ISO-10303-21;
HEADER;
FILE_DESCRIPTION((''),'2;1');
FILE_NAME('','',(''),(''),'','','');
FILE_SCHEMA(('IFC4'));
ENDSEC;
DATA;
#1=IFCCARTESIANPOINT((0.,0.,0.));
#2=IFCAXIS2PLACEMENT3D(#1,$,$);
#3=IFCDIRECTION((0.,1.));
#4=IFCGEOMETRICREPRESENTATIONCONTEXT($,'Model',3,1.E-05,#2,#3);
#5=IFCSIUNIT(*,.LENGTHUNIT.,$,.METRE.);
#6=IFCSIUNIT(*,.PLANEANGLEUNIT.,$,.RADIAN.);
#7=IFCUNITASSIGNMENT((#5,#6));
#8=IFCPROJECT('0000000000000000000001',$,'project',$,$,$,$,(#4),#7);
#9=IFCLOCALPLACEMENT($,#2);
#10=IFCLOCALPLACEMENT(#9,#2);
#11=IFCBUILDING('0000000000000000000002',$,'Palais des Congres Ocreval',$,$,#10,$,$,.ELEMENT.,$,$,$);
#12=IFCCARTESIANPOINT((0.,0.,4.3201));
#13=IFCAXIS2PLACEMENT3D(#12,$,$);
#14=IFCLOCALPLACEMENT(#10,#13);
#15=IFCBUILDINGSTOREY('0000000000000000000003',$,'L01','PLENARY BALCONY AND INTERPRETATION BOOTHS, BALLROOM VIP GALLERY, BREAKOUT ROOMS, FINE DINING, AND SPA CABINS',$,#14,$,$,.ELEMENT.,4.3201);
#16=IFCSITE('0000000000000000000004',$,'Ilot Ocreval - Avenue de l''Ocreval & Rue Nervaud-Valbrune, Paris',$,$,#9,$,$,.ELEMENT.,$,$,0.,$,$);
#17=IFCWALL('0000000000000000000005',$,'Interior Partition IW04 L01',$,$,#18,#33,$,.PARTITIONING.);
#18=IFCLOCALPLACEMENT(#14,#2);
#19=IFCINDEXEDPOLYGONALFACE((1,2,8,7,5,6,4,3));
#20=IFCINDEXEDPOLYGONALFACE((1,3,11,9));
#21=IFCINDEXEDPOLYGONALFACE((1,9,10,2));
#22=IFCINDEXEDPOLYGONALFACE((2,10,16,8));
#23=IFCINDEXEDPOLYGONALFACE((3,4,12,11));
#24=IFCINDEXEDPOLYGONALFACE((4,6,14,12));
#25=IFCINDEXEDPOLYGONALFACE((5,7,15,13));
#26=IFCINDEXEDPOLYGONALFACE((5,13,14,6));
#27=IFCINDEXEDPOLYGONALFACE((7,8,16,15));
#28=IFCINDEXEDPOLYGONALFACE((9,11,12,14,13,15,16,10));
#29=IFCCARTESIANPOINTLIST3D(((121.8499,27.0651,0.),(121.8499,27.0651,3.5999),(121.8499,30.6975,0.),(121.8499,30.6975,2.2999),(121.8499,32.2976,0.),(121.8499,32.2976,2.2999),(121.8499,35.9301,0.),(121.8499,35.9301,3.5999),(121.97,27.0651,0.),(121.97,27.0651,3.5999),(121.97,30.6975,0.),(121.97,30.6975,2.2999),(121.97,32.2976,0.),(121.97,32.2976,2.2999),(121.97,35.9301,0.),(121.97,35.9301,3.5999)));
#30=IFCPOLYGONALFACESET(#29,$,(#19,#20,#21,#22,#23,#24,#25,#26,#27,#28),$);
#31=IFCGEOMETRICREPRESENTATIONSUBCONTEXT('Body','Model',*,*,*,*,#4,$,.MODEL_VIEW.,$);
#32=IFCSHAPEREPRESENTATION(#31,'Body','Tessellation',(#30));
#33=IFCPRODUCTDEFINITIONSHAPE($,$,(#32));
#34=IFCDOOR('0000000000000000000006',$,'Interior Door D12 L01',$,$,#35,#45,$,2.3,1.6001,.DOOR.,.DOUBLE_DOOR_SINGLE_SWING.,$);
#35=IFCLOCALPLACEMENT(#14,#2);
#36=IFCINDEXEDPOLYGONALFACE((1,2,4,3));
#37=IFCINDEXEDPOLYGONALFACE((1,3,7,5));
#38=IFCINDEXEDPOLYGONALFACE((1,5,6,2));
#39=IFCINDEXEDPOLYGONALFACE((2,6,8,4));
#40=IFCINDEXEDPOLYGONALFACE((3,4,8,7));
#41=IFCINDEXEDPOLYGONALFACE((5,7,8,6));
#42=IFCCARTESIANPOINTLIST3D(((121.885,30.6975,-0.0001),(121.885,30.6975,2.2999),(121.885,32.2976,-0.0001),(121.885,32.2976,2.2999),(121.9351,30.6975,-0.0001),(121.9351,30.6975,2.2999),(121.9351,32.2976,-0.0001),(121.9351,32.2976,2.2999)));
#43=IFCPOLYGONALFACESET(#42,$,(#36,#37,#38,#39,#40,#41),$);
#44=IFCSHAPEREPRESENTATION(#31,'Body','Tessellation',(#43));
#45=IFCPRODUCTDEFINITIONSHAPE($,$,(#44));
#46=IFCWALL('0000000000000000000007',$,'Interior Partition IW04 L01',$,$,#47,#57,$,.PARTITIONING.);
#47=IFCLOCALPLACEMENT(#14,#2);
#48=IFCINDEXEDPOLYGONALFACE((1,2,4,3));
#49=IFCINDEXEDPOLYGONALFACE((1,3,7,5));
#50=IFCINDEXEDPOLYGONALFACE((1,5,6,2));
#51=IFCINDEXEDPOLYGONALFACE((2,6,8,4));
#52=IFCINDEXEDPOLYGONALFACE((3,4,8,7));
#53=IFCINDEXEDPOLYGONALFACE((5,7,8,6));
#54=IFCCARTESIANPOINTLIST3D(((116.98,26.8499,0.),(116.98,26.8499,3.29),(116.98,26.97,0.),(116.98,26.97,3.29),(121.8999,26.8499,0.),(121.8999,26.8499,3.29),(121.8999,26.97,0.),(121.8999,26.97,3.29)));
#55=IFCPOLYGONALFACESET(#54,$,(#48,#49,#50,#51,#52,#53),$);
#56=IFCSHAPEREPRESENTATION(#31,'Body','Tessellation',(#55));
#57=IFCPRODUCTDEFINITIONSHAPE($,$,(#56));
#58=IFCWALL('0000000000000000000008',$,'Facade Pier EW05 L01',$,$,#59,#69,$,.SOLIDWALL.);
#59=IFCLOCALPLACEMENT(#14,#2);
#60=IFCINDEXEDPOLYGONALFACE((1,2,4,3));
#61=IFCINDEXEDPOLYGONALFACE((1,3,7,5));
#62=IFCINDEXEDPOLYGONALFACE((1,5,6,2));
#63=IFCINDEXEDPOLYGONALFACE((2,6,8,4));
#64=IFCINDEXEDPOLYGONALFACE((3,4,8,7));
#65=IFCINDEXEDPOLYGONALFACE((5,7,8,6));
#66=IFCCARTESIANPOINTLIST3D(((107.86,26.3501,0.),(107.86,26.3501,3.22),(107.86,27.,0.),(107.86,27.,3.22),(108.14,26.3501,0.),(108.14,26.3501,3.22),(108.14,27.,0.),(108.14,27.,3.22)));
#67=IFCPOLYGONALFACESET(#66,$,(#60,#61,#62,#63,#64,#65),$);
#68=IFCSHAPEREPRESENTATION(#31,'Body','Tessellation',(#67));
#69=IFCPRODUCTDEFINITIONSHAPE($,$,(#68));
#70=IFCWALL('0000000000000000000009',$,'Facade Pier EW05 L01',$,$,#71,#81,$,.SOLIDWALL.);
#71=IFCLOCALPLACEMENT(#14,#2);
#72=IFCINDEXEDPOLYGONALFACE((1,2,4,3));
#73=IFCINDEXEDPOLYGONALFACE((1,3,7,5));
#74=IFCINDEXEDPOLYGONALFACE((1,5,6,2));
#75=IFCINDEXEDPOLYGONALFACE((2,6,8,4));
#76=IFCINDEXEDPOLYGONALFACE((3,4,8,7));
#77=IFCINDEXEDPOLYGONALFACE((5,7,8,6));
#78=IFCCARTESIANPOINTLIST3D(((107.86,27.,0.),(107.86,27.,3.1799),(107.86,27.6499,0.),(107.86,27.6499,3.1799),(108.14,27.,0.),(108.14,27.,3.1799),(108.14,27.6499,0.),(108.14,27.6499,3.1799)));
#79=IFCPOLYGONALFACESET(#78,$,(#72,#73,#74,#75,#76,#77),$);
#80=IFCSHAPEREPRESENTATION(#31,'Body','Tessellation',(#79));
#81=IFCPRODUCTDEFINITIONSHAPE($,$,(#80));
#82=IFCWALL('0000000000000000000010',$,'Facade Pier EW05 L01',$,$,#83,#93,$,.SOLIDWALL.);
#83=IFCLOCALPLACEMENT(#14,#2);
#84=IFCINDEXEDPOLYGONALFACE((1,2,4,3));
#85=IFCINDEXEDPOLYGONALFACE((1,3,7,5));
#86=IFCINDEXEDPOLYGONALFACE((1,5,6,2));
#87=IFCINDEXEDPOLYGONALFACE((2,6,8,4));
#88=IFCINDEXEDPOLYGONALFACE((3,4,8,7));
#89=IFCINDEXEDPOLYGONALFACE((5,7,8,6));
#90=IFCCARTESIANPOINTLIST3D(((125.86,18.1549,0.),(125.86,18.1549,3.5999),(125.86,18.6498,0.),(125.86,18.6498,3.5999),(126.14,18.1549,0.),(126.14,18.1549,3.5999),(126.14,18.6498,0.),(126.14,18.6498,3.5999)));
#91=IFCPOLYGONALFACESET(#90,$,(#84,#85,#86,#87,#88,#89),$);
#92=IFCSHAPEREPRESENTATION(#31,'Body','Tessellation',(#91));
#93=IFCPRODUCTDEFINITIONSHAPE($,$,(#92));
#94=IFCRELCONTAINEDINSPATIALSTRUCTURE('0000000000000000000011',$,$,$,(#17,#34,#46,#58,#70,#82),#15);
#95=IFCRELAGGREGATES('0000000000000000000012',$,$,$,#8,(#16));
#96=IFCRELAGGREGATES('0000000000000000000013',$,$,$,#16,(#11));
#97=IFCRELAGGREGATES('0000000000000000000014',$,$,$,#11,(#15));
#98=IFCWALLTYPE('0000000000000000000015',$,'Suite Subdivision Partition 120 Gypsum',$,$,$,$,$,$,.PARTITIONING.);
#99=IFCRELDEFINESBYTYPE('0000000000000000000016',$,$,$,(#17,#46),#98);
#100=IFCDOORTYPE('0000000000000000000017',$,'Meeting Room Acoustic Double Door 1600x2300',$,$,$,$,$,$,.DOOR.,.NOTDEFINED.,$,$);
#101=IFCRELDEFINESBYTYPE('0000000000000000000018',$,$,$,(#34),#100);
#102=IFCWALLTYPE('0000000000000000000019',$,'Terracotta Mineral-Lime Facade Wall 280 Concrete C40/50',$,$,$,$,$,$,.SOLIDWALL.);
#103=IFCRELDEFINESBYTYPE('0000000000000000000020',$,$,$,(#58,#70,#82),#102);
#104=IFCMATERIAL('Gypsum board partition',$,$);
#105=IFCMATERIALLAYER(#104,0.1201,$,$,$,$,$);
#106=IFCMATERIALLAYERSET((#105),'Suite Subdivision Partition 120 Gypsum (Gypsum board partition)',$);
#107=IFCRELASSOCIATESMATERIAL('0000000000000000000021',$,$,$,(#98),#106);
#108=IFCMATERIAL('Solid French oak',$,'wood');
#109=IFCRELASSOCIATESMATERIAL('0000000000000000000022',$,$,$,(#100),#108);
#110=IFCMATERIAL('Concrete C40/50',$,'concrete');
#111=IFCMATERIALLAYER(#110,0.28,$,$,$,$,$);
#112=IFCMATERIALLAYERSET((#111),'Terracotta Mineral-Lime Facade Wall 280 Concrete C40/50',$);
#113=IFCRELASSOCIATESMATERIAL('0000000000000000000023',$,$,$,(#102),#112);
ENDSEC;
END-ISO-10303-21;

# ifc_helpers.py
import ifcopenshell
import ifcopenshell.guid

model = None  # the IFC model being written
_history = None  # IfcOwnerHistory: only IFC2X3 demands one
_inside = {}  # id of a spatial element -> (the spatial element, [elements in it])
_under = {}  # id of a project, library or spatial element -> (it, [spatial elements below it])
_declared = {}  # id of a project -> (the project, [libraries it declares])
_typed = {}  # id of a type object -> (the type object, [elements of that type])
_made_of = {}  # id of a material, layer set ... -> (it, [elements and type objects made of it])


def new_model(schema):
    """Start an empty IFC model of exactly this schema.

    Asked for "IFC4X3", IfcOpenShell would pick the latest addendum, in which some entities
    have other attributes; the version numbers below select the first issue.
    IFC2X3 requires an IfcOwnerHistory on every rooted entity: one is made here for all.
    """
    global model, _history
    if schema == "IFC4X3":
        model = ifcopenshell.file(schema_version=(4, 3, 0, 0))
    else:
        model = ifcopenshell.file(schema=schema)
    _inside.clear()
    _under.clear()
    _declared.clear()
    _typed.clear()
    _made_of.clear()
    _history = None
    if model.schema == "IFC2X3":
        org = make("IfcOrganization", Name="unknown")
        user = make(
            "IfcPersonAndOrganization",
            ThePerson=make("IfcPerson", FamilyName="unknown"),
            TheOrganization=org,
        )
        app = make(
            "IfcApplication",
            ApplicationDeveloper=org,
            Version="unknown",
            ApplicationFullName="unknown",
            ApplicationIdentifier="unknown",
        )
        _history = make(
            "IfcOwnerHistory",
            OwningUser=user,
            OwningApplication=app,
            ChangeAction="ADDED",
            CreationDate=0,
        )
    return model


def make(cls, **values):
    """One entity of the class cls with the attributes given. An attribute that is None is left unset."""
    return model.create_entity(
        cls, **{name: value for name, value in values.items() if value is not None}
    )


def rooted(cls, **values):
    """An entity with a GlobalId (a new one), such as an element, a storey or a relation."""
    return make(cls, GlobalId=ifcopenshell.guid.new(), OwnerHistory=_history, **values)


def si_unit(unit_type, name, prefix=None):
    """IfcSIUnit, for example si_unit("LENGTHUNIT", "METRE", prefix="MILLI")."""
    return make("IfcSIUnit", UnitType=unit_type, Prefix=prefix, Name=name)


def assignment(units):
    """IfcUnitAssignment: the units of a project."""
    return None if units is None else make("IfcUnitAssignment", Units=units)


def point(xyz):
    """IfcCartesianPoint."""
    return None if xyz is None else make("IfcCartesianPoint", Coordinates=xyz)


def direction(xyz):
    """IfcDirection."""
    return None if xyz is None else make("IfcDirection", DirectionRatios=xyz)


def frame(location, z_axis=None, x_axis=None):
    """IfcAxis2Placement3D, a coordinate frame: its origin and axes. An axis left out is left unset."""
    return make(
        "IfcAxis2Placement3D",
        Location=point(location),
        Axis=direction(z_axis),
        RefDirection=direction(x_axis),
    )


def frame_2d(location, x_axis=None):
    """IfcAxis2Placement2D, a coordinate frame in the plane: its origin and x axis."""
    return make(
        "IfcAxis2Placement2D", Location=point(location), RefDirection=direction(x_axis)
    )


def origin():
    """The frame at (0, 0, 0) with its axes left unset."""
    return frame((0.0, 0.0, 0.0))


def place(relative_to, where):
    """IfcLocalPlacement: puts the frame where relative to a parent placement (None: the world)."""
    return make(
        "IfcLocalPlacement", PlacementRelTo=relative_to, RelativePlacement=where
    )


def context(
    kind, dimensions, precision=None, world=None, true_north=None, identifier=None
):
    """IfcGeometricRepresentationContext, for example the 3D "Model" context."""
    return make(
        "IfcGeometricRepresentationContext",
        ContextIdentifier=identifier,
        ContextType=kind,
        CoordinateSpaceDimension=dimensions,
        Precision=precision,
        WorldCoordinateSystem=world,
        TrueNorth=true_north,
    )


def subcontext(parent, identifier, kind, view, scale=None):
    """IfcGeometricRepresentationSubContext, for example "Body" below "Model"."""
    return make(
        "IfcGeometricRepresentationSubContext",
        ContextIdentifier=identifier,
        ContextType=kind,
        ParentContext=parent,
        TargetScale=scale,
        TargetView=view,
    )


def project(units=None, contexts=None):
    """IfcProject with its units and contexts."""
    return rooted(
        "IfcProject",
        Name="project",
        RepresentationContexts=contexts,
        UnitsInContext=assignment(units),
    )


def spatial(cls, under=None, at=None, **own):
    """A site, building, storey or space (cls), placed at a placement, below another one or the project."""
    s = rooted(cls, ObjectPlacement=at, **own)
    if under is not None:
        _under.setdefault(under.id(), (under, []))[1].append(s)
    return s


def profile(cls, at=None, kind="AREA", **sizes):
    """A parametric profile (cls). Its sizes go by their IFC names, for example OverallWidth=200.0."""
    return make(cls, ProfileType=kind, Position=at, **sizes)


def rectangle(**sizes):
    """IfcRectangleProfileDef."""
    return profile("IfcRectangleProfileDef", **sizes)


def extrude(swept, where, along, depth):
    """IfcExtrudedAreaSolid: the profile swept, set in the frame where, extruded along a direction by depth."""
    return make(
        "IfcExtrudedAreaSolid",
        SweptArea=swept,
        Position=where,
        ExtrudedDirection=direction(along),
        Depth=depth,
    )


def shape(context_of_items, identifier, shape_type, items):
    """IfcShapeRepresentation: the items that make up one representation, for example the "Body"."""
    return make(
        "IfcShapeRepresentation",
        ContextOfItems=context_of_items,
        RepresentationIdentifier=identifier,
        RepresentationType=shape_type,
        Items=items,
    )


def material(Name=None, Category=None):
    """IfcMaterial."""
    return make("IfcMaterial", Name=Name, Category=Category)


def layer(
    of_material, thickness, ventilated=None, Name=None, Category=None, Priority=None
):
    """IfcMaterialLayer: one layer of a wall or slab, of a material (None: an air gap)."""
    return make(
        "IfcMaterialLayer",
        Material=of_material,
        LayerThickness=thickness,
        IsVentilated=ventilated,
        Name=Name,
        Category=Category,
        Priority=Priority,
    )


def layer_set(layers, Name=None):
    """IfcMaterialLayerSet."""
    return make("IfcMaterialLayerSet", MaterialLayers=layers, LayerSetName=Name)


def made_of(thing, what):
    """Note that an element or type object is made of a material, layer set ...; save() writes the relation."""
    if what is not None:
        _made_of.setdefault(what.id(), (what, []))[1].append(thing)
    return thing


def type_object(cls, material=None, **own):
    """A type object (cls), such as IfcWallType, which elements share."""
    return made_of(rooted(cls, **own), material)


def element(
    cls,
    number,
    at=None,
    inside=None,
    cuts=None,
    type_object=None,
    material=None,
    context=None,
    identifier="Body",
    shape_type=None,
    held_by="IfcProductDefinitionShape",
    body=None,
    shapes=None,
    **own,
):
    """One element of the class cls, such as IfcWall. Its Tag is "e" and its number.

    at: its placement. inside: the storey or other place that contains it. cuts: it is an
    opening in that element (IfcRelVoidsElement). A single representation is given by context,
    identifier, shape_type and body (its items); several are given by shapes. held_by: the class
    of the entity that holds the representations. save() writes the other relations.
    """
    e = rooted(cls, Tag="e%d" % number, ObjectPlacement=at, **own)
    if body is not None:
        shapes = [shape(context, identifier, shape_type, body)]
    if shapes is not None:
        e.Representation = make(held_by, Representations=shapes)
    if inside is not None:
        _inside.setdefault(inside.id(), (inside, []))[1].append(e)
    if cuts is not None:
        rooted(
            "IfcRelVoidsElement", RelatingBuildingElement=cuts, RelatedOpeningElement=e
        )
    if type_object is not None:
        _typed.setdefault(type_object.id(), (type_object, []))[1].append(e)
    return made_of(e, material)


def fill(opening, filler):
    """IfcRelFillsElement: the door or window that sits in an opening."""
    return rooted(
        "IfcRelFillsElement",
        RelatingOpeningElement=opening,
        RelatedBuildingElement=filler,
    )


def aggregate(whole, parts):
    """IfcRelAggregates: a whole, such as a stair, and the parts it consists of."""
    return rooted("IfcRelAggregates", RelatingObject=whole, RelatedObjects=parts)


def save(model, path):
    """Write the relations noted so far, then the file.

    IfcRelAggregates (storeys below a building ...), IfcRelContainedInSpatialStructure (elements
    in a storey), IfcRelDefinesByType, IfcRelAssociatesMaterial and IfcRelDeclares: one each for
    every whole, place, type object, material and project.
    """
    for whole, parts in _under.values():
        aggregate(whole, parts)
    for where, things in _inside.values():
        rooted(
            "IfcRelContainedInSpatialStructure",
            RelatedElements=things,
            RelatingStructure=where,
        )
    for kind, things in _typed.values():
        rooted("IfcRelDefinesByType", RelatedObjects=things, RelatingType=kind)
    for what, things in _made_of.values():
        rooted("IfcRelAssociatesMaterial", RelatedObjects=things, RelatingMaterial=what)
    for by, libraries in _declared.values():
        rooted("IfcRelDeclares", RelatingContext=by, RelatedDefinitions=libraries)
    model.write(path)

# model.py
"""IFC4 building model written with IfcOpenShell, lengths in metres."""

from ifc_helpers import new_model, si_unit, direction, frame, frame_2d, origin, place, context, subcontext, project, spatial, rectangle, extrude, material, layer, layer_set, type_object, element, fill, save


model = new_model("IFC4")

# Units and contexts
model_context = context("Model", 3, precision=1e-05, world=origin(), true_north=direction((0.0, 1.0)))
body_context = subcontext(model_context, "Body", "Model", "MODEL_VIEW")
ifc_project = project(units=[si_unit("LENGTHUNIT", "METRE"), si_unit("PLANEANGLEUNIT", "RADIAN")], contexts=[model_context])

# Site, building, storey
site_placement = place(None, origin())
site = spatial("IfcSite", under=ifc_project, at=site_placement, Name="Ilot Ocreval - Avenue de l'Ocreval & Rue Nervaud-Valbrune, Paris", CompositionType="ELEMENT", RefElevation=0.0)
building_placement = place(site_placement, origin())
building = spatial("IfcBuilding", under=site, at=building_placement, Name="Palais des Congres Ocreval", CompositionType="ELEMENT")
storey_placement = place(building_placement, frame((0.0, 0.0, 4.3201)))
storey = spatial("IfcBuildingStorey", under=building, at=storey_placement, Name="L01", Description="PLENARY BALCONY AND INTERPRETATION BOOTHS, BALLROOM VIP GALLERY, BREAKOUT ROOMS, FINE DINING, AND SPA CABINS", CompositionType="ELEMENT", Elevation=4.3201)

# Shared definitions
ifc_material_1 = material(Name="Gypsum board partition")
ifc_layer_1 = layer(ifc_material_1, 0.1201)
ifc_layer_set_1 = layer_set([ifc_layer_1], Name="Suite Subdivision Partition 120 Gypsum (Gypsum board partition)")
wall_type_1 = type_object("IfcWallType", Name="Suite Subdivision Partition 120 Gypsum", PredefinedType="PARTITIONING", material=ifc_layer_set_1)

# Wall, opening, door
ifc_material_2 = material(Name="Solid French oak", Category="wood")
door_type = type_object("IfcDoorType", Name="Meeting Room Acoustic Double Door 1600x2300", OperationType="NOTDEFINED", PredefinedType="DOOR", material=ifc_material_2)
wall_1_placement = place(storey_placement, frame((121.9099, 27.0649, 0.0), z_axis=(0.0, 0.0, 1.0), x_axis=(0.0, 1.0, 0.0)))
wall_1 = element("IfcWall", 1, at=wall_1_placement, inside=storey, type_object=wall_type_1, Name="Interior Partition IW04 L01", PredefinedType="PARTITIONING", context=body_context, shape_type="SweptSolid", body=[
    extrude(rectangle(XDim=8.865, YDim=0.1201, at=frame_2d((4.4326, 0.0))), origin(), (0.0, 0.0, 1.0), 3.5999),
])
opening_1_placement = place(wall_1_placement, frame((3.6326, 0.0, 0.0)))
opening_1 = element("IfcOpeningElement", 2, at=opening_1_placement, cuts=wall_1, PredefinedType="OPENING", context=body_context, shape_type="SweptSolid", body=[
    extrude(rectangle(XDim=1.6001, YDim=2.3, at=frame_2d((0.8, 1.1499))), frame((0.0, 0.0701, 0.0), z_axis=(0.0, -1.0, 0.0), x_axis=(1.0, 0.0, 0.0)), (0.0, 0.0, 1.0), 0.1401),
])
door_1_placement = place(opening_1_placement, origin())
door_1 = element("IfcDoor", 3, at=door_1_placement, inside=storey, type_object=door_type, Name="Interior Door D12 L01", OperationType="DOUBLE_DOOR_SINGLE_SWING", OverallHeight=2.3, OverallWidth=1.6001, PredefinedType="DOOR", context=body_context, shape_type="SweptSolid", body=[
    extrude(rectangle(XDim=1.6001, YDim=2.3, at=frame_2d((0.8, 1.1499))), frame((0.0, 0.0249, 0.0), z_axis=(0.0, -1.0, 0.0), x_axis=(1.0, 0.0, 0.0)), (0.0, 0.0, 1.0), 0.05),
])
fill(opening_1, door_1)

# Walls
wall_2_placement = place(storey_placement, frame((116.98, 26.9099, 0.0), z_axis=(0.0, 0.0, 1.0), x_axis=(1.0, 0.0, 0.0)))
element("IfcWall", 4, at=wall_2_placement, inside=storey, type_object=wall_type_1, Name="Interior Partition IW04 L01", PredefinedType="PARTITIONING", context=body_context, shape_type="SweptSolid", body=[
    extrude(rectangle(XDim=4.9199, YDim=0.1201, at=frame_2d((2.46, 0.0))), origin(), (0.0, 0.0, 1.0), 3.29),
])
ifc_material_3 = material(Name="Concrete C40/50", Category="concrete")
ifc_layer_2 = layer(ifc_material_3, 0.28)
ifc_layer_set_2 = layer_set([ifc_layer_2], Name="Terracotta Mineral-Lime Facade Wall 280 Concrete C40/50")
wall_type_2 = type_object("IfcWallType", Name="Terracotta Mineral-Lime Facade Wall 280 Concrete C40/50", PredefinedType="SOLIDWALL", material=ifc_layer_set_2)
wall_3_placement = place(storey_placement, frame((108.0, 26.3501, 0.0), z_axis=(0.0, 0.0, 1.0), x_axis=(0.0, 1.0, 0.0)))
element("IfcWall", 5, at=wall_3_placement, inside=storey, type_object=wall_type_2, Name="Facade Pier EW05 L01", PredefinedType="SOLIDWALL", context=body_context, shape_type="SweptSolid", body=[
    extrude(rectangle(XDim=0.6499, YDim=0.28, at=frame_2d((0.325, 0.0))), origin(), (0.0, 0.0, 1.0), 3.22),
])
wall_4_placement = place(storey_placement, frame((108.0, 27.0, 0.0), z_axis=(0.0, 0.0, 1.0), x_axis=(0.0, 1.0, 0.0)))
element("IfcWall", 6, at=wall_4_placement, inside=storey, type_object=wall_type_2, Name="Facade Pier EW05 L01", PredefinedType="SOLIDWALL", context=body_context, shape_type="SweptSolid", body=[
    extrude(rectangle(XDim=0.6499, YDim=0.28, at=frame_2d((0.325, 0.0))), origin(), (0.0, 0.0, 1.0), 3.1799),
])
wall_5_placement = place(storey_placement, frame((126.0, 18.6499, 0.0), z_axis=(0.0, 0.0, 1.0), x_axis=(0.0, -1.0, 0.0)))
element("IfcWall", 7, at=wall_5_placement, inside=storey, type_object=wall_type_2, Name="Facade Pier EW05 L01", PredefinedType="SOLIDWALL", context=body_context, shape_type="SweptSolid", body=[
    extrude(rectangle(XDim=0.4949, YDim=0.28, at=frame_2d((0.2476, 0.0))), origin(), (0.0, 0.0, 1.0), 3.5999),
])

save(model, "model.ifc")
